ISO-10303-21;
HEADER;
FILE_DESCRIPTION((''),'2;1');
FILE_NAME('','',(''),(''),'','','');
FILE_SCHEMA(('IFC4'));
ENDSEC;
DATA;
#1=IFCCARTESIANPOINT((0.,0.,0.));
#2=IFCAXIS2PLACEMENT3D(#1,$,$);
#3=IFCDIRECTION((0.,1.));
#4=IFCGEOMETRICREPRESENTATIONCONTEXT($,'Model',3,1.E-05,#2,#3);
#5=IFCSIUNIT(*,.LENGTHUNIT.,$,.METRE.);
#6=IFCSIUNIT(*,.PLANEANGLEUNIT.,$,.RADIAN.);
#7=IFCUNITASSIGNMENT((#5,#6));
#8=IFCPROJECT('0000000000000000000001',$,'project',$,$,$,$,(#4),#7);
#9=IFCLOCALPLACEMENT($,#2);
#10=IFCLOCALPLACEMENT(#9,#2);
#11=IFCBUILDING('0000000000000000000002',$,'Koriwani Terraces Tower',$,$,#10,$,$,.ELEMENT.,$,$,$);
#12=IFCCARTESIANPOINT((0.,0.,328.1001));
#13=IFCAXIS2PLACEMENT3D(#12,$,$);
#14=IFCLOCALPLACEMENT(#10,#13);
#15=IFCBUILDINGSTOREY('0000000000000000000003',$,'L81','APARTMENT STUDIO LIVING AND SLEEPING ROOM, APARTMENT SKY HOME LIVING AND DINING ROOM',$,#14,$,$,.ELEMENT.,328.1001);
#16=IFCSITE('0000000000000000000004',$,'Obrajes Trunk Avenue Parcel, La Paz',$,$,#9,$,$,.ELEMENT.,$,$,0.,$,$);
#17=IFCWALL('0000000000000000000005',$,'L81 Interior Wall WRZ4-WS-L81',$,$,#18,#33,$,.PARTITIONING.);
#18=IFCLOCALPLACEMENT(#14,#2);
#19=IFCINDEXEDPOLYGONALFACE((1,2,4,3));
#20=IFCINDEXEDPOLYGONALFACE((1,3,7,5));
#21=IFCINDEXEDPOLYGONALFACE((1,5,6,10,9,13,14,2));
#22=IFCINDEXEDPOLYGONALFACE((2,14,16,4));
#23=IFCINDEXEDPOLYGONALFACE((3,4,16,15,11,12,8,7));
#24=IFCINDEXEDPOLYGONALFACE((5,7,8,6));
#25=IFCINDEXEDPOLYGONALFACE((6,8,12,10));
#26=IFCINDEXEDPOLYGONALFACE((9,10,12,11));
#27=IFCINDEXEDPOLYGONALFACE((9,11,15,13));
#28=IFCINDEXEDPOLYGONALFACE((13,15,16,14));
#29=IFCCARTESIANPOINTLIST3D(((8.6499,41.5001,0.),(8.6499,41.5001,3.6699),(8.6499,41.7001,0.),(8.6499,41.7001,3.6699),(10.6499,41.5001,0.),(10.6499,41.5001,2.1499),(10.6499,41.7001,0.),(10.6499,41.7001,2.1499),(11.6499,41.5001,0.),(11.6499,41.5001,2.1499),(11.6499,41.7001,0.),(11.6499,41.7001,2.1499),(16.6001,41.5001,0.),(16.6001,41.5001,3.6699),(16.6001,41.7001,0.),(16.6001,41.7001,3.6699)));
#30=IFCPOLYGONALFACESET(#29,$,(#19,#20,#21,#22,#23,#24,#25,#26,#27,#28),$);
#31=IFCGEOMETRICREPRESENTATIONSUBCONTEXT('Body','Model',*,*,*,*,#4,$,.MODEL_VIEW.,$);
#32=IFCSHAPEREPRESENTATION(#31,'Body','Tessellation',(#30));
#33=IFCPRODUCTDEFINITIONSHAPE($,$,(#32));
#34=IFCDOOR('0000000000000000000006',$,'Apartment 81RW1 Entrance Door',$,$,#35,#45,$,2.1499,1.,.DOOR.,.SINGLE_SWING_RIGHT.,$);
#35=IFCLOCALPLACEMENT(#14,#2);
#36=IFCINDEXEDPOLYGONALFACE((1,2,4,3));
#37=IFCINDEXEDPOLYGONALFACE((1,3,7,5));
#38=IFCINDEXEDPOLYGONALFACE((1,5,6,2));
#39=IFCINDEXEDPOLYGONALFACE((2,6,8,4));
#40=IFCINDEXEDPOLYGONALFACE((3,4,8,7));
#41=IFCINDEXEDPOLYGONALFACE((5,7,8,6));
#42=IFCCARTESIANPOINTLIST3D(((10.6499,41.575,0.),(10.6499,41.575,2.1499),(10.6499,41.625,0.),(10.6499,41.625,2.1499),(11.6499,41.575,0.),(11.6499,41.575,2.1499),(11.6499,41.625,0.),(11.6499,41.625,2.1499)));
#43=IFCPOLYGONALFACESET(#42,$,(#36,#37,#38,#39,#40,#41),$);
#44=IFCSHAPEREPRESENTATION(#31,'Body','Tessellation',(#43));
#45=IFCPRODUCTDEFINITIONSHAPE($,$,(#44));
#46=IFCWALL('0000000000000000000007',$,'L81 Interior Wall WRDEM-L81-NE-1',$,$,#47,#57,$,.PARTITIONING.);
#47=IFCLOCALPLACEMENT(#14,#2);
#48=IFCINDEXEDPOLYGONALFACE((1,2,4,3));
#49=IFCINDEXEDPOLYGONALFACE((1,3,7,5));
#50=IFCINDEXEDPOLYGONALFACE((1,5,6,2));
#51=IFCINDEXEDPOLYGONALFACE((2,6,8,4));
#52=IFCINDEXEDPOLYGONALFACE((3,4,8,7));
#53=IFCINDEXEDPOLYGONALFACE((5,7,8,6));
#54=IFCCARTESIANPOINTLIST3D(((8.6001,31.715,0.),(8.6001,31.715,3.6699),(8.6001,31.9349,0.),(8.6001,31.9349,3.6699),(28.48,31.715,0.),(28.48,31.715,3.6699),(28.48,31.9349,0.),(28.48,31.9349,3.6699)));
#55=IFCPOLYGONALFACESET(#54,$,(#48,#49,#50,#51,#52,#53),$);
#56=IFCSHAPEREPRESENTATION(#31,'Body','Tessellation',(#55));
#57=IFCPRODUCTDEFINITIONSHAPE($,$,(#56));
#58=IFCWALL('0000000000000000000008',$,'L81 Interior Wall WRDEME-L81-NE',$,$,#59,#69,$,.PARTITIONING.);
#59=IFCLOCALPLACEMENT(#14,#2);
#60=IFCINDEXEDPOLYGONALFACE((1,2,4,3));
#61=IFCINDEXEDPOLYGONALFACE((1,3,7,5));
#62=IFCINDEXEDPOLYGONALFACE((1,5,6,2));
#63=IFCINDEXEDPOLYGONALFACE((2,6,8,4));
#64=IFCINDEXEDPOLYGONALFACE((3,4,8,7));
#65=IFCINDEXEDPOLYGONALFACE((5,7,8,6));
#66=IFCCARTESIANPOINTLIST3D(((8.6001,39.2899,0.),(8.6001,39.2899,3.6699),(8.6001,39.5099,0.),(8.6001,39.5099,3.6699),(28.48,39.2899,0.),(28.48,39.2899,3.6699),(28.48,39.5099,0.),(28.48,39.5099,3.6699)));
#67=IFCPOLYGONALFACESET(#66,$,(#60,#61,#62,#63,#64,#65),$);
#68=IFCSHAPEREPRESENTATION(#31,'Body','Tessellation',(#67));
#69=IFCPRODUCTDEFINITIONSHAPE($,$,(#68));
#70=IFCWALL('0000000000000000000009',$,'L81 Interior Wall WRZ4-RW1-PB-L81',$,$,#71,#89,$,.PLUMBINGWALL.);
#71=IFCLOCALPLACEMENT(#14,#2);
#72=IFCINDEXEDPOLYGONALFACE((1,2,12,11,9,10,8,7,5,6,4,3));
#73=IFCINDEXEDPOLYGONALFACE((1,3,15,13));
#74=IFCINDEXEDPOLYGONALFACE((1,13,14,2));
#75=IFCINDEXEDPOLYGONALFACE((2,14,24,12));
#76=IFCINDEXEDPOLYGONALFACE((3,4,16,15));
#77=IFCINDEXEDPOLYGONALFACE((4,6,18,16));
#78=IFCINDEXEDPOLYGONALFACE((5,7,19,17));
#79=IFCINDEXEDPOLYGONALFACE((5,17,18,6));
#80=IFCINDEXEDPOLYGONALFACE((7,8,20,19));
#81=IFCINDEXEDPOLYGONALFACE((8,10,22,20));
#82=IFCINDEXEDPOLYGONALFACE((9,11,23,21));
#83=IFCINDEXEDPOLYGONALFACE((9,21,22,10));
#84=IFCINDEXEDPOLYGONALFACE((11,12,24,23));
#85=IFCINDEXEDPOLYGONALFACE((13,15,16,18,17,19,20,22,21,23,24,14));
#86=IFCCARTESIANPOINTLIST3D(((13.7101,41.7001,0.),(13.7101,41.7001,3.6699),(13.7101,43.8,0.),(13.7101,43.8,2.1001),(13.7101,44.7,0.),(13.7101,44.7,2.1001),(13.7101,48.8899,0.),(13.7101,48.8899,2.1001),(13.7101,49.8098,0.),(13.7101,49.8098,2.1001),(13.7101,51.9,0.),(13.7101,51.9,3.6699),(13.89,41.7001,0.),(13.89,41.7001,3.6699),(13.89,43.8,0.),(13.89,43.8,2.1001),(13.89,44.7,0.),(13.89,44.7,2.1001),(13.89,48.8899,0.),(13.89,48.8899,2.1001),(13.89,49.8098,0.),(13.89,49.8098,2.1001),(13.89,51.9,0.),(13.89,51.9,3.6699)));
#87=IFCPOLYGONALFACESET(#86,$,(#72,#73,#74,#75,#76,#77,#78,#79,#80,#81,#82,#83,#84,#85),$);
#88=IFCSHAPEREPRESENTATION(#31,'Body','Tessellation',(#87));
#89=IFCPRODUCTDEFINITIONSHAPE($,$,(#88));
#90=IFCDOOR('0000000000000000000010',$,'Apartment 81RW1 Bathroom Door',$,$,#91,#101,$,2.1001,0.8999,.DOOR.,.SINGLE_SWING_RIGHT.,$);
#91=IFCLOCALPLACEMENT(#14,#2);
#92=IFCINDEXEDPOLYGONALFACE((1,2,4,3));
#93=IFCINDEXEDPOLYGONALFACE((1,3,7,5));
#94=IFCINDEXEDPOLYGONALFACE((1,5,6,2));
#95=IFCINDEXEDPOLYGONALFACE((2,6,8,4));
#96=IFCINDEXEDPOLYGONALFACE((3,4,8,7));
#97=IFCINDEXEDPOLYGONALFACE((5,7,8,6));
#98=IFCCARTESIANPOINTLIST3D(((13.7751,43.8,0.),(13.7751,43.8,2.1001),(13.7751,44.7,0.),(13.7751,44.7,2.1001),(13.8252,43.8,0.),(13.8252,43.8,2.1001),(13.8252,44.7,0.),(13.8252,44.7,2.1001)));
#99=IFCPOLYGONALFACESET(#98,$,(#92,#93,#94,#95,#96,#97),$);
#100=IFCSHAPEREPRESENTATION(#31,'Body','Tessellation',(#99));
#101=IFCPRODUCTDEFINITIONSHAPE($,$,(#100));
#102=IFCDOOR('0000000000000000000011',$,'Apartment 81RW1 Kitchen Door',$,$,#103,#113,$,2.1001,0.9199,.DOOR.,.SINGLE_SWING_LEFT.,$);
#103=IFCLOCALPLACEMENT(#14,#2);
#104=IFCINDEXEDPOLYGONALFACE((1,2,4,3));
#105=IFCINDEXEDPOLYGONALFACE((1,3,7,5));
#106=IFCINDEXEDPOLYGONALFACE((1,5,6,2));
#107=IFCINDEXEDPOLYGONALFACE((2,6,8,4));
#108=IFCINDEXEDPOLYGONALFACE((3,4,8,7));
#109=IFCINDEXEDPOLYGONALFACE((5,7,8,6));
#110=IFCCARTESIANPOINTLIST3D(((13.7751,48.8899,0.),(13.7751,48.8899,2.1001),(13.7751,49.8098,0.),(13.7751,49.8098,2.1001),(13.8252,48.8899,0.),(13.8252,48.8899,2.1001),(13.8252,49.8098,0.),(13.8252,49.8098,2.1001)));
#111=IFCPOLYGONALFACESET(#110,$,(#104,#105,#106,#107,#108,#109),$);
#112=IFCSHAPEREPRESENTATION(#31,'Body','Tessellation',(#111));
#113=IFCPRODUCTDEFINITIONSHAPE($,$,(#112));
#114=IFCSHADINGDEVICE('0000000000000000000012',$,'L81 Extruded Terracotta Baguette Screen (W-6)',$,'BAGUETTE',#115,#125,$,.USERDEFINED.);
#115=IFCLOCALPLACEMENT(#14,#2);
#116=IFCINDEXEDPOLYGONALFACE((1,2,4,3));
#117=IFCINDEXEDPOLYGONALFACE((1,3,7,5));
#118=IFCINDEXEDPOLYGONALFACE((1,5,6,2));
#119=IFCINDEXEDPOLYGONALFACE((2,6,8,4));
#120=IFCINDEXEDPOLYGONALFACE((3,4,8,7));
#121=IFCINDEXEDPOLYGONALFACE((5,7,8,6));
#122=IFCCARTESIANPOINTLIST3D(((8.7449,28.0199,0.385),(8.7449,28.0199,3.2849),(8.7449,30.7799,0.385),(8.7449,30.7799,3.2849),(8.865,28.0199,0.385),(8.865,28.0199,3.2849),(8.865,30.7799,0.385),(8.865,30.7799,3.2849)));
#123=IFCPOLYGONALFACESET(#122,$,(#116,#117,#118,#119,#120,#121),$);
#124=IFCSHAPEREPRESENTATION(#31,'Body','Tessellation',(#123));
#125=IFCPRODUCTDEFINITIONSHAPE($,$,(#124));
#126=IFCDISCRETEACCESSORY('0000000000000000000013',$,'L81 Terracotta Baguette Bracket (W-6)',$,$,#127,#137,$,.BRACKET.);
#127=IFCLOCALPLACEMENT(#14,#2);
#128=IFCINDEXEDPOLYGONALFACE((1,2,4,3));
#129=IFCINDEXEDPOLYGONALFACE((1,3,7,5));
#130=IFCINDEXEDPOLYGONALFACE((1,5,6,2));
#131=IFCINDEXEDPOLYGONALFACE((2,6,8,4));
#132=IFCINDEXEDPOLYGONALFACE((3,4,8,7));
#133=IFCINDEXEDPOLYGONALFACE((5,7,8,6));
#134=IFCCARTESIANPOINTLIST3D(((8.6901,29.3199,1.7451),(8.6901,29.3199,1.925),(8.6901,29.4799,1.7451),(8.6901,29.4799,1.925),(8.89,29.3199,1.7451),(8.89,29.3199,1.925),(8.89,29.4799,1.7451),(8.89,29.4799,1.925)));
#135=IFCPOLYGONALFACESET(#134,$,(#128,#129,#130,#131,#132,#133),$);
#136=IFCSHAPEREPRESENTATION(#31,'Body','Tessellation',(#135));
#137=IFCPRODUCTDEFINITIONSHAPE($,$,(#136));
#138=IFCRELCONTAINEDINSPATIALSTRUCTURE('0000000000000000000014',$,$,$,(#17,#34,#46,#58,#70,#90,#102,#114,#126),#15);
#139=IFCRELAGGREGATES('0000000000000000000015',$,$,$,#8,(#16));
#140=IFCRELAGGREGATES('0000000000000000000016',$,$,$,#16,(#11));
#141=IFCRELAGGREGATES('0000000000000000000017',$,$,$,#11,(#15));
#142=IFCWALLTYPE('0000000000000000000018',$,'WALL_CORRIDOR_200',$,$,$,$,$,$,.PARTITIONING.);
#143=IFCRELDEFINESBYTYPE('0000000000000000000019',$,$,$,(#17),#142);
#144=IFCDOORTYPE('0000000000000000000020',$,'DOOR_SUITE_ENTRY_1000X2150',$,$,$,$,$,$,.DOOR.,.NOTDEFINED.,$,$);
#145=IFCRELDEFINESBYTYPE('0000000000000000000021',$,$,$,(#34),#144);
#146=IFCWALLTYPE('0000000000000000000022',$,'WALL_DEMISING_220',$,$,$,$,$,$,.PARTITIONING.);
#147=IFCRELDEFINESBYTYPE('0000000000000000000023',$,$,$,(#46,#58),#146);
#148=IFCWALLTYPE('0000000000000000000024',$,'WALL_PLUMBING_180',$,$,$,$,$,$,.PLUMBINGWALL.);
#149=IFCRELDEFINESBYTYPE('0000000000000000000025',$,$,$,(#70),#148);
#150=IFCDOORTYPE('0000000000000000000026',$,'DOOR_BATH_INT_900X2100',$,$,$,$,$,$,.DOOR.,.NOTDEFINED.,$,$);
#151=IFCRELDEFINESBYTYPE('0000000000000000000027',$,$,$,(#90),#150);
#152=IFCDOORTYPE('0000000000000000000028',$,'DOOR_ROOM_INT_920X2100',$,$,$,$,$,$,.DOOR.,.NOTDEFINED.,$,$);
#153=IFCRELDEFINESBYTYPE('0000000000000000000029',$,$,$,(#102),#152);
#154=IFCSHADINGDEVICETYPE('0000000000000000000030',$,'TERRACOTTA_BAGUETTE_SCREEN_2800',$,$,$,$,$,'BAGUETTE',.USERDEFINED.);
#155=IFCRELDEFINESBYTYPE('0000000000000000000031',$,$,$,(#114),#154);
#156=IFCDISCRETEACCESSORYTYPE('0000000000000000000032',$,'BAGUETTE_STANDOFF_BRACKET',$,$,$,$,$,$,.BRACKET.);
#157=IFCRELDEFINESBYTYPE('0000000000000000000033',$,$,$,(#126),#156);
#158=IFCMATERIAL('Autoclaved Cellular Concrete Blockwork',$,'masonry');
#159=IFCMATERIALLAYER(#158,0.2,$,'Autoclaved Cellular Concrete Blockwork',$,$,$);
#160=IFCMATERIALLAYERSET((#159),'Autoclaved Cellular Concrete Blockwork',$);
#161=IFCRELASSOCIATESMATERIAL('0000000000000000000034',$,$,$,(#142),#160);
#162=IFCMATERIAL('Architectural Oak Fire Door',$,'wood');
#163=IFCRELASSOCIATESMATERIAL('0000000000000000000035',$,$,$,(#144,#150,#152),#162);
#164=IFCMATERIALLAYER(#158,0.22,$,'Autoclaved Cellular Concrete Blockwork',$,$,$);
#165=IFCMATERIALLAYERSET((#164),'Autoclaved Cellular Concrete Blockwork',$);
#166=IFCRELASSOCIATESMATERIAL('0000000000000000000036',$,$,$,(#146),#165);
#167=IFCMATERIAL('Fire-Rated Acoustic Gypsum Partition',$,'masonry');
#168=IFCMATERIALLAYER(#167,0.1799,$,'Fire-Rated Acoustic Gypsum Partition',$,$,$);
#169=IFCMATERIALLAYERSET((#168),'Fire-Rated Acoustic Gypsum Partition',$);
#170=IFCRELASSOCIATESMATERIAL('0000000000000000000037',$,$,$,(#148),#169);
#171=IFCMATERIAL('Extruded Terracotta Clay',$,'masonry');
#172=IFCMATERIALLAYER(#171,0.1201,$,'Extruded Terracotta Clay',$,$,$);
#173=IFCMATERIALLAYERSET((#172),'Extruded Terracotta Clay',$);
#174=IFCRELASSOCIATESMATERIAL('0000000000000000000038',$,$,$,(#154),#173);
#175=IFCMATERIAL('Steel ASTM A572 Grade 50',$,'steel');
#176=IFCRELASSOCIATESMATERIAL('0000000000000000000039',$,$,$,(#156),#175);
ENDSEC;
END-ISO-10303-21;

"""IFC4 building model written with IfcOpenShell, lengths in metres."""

from ifc_helpers import new_model, si_unit, direction, frame, frame_2d, origin, origin_2d, place, context, subcontext, project, spatial, rectangle, extrude, material, layer, layer_set, type_object, element, fill, save


model = new_model("IFC4")

# Units and contexts
model_context = context("Model", 3, precision=1e-05, world=origin(), true_north=direction((0.0, 1.0)))
body_context = subcontext(model_context, "Body", "Model", "MODEL_VIEW")
ifc_project = project(units=[si_unit("LENGTHUNIT", "METRE"), si_unit("PLANEANGLEUNIT", "RADIAN")], contexts=[model_context])

# Site, building, storey
site_placement = place(None, origin())
site = spatial("IfcSite", under=ifc_project, at=site_placement, Name="Obrajes Trunk Avenue Parcel, La Paz", CompositionType="ELEMENT", RefElevation=0.0)
building_placement = place(site_placement, origin())
building = spatial("IfcBuilding", under=site, at=building_placement, Name="Koriwani Terraces Tower", CompositionType="ELEMENT")
storey_placement = place(building_placement, frame((0.0, 0.0, 328.1001)))
storey = spatial("IfcBuildingStorey", under=building, at=storey_placement, Name="L81", Description="APARTMENT STUDIO LIVING AND SLEEPING ROOM, APARTMENT SKY HOME LIVING AND DINING ROOM", CompositionType="ELEMENT", Elevation=328.1001)

# Shared definitions
ifc_material_1 = material(Name="Steel ASTM A572 Grade 50", Category="steel")

# Wall, opening, door
ifc_material_2 = material(Name="Autoclaved Cellular Concrete Blockwork", Category="masonry")
ifc_layer_1 = layer(ifc_material_2, 0.2, Name="Autoclaved Cellular Concrete Blockwork")
ifc_layer_set_1 = layer_set([ifc_layer_1], Name="Autoclaved Cellular Concrete Blockwork")
wall_type_1 = type_object("IfcWallType", Name="WALL_CORRIDOR_200", PredefinedType="PARTITIONING", material=ifc_layer_set_1)
wall_1_placement = place(storey_placement, frame((8.6499, 41.6001, 0.0), z_axis=(0.0, 0.0, 1.0), x_axis=(1.0, 0.0, 0.0)))
wall_1 = element("IfcWall", 1, at=wall_1_placement, inside=storey, type_object=wall_type_1, Name="L81 Interior Wall WRZ4-WS-L81", PredefinedType="PARTITIONING", context=body_context, shape_type="SweptSolid", body=[
    extrude(rectangle(XDim=7.9502, YDim=0.2, at=frame_2d((3.9751, 0.0))), origin(), (0.0, 0.0, 1.0), 3.6699),
])
opening_1_placement = place(wall_1_placement, frame((2.0, 0.0, 0.0)))
opening_1 = element("IfcOpeningElement", 2, at=opening_1_placement, cuts=wall_1, PredefinedType="OPENING", context=body_context, shape_type="SweptSolid", body=[
    extrude(rectangle(XDim=1.0, YDim=2.1499, at=frame_2d((0.5, 1.075))), frame((0.0, 0.1099, 0.0), z_axis=(0.0, -1.0, 0.0), x_axis=(1.0, 0.0, 0.0)), (0.0, 0.0, 1.0), 0.22),
])
ifc_material_3 = material(Name="Architectural Oak Fire Door", Category="wood")
door_type_1 = type_object("IfcDoorType", Name="DOOR_SUITE_ENTRY_1000X2150", OperationType="NOTDEFINED", PredefinedType="DOOR", material=ifc_material_3)
door_1_placement = place(opening_1_placement, origin())
door_1 = element("IfcDoor", 3, at=door_1_placement, inside=storey, type_object=door_type_1, Name="Apartment 81RW1 Entrance Door", OperationType="SINGLE_SWING_RIGHT", OverallHeight=2.1499, OverallWidth=1.0, PredefinedType="DOOR", context=body_context, shape_type="SweptSolid", body=[
    extrude(rectangle(XDim=1.0, YDim=2.1499, at=frame_2d((0.5, 1.075))), frame((0.0, 0.0249, 0.0), z_axis=(0.0, -1.0, 0.0), x_axis=(1.0, 0.0, 0.0)), (0.0, 0.0, 1.0), 0.05),
])
fill(opening_1, door_1)

# Walls
ifc_layer_2 = layer(ifc_material_2, 0.22, Name="Autoclaved Cellular Concrete Blockwork")
ifc_layer_set_2 = layer_set([ifc_layer_2], Name="Autoclaved Cellular Concrete Blockwork")
wall_type_2 = type_object("IfcWallType", Name="WALL_DEMISING_220", PredefinedType="PARTITIONING", material=ifc_layer_set_2)
for number, where, z_axis, x_axis, name in (
    (4, (8.6001, 31.825, 0.0), (0.0, 0.0, 1.0), (1.0, 0.0, 0.0), "L81 Interior Wall WRDEM-L81-NE-1"),
    (5, (8.6001, 39.3999, 0.0), (0.0, 0.0, 1.0), (1.0, 0.0, 0.0), "L81 Interior Wall WRDEME-L81-NE"),
):
    element("IfcWall", number, at=place(storey_placement, frame(where, z_axis=z_axis, x_axis=x_axis)), inside=storey, type_object=wall_type_2, Name=name, PredefinedType="PARTITIONING", context=body_context, shape_type="SweptSolid", body=[
        extrude(rectangle(XDim=19.8799, YDim=0.22, at=frame_2d((9.9399, 0.0))), origin(), (0.0, 0.0, 1.0), 3.6699),
    ])

# Wall, openings, doors
ifc_material_4 = material(Name="Fire-Rated Acoustic Gypsum Partition", Category="masonry")
ifc_layer_3 = layer(ifc_material_4, 0.1799, Name="Fire-Rated Acoustic Gypsum Partition")
ifc_layer_set_3 = layer_set([ifc_layer_3], Name="Fire-Rated Acoustic Gypsum Partition")
wall_type_3 = type_object("IfcWallType", Name="WALL_PLUMBING_180", PredefinedType="PLUMBINGWALL", material=ifc_layer_set_3)
wall_2_placement = place(storey_placement, frame((13.8, 41.7, 0.0), z_axis=(0.0, 0.0, 1.0), x_axis=(0.0, 1.0, 0.0)))
wall_2 = element("IfcWall", 6, at=wall_2_placement, inside=storey, type_object=wall_type_3, Name="L81 Interior Wall WRZ4-RW1-PB-L81", PredefinedType="PLUMBINGWALL", context=body_context, shape_type="SweptSolid", body=[
    extrude(rectangle(XDim=10.2, YDim=0.1799, at=frame_2d((5.1001, 0.0))), origin(), (0.0, 0.0, 1.0), 3.6699),
])
opening_2_placement = place(wall_2_placement, frame((2.1001, 0.0, 0.0)))
opening_2 = element("IfcOpeningElement", 7, at=opening_2_placement, cuts=wall_2, PredefinedType="OPENING", context=body_context, shape_type="SweptSolid", body=[
    extrude(rectangle(XDim=0.8999, YDim=2.1001, at=frame_2d((0.45, 1.05))), frame((0.0, 0.1001, 0.0), z_axis=(0.0, -1.0, 0.0), x_axis=(1.0, 0.0, 0.0)), (0.0, 0.0, 1.0), 0.2),
])
opening_3_placement = place(wall_2_placement, frame((7.1899, 0.0, 0.0)))
opening_3 = element("IfcOpeningElement", 8, at=opening_3_placement, cuts=wall_2, PredefinedType="OPENING", context=body_context, shape_type="SweptSolid", body=[
    extrude(rectangle(XDim=0.9199, YDim=2.1001, at=frame_2d((0.46, 1.05))), frame((0.0, 0.1001, 0.0), z_axis=(0.0, -1.0, 0.0), x_axis=(1.0, 0.0, 0.0)), (0.0, 0.0, 1.0), 0.2),
])
door_type_2 = type_object("IfcDoorType", Name="DOOR_BATH_INT_900X2100", OperationType="NOTDEFINED", PredefinedType="DOOR", material=ifc_material_3)
door_2_placement = place(opening_2_placement, origin())
door_2 = element("IfcDoor", 9, at=door_2_placement, inside=storey, type_object=door_type_2, Name="Apartment 81RW1 Bathroom Door", OperationType="SINGLE_SWING_RIGHT", OverallHeight=2.1001, OverallWidth=0.8999, PredefinedType="DOOR", context=body_context, shape_type="SweptSolid", body=[
    extrude(rectangle(XDim=0.8999, YDim=2.1001, at=frame_2d((0.45, 1.05))), frame((0.0, 0.0249, 0.0), z_axis=(0.0, -1.0, 0.0), x_axis=(1.0, 0.0, 0.0)), (0.0, 0.0, 1.0), 0.05),
])
fill(opening_2, door_2)
door_type_3 = type_object("IfcDoorType", Name="DOOR_ROOM_INT_920X2100", OperationType="NOTDEFINED", PredefinedType="DOOR", material=ifc_material_3)
door_3_placement = place(opening_3_placement, origin())
door_3 = element("IfcDoor", 10, at=door_3_placement, inside=storey, type_object=door_type_3, Name="Apartment 81RW1 Kitchen Door", OperationType="SINGLE_SWING_LEFT", OverallHeight=2.1001, OverallWidth=0.9199, PredefinedType="DOOR", context=body_context, shape_type="SweptSolid", body=[
    extrude(rectangle(XDim=0.9199, YDim=2.1001, at=frame_2d((0.46, 1.05))), frame((0.0, 0.0249, 0.0), z_axis=(0.0, -1.0, 0.0), x_axis=(1.0, 0.0, 0.0)), (0.0, 0.0, 1.0), 0.05),
])
fill(opening_3, door_3)

# Shading device
ifc_material_5 = material(Name="Extruded Terracotta Clay", Category="masonry")
ifc_layer_4 = layer(ifc_material_5, 0.1201, Name="Extruded Terracotta Clay")
ifc_layer_set_4 = layer_set([ifc_layer_4], Name="Extruded Terracotta Clay")
shading_device_type = type_object("IfcShadingDeviceType", Name="TERRACOTTA_BAGUETTE_SCREEN_2800", ElementType="BAGUETTE", PredefinedType="USERDEFINED", material=ifc_layer_set_4)
shading_device_placement = place(storey_placement, frame((8.8049, 29.3999, 0.385), z_axis=(0.0, 0.0, 1.0), x_axis=(0.0, 1.0, 0.0)))
element("IfcShadingDevice", 11, at=shading_device_placement, inside=storey, type_object=shading_device_type, Name="L81 Extruded Terracotta Baguette Screen (W-6)", ObjectType="BAGUETTE", PredefinedType="USERDEFINED", context=body_context, shape_type="SweptSolid", body=[
    extrude(rectangle(XDim=2.76, YDim=0.1201, at=origin_2d()), origin(), (0.0, 0.0, 1.0), 2.8999),
])

# Discrete accessory
discrete_accessory_type = type_object("IfcDiscreteAccessoryType", Name="BAGUETTE_STANDOFF_BRACKET", PredefinedType="BRACKET", material=ifc_material_1)
discrete_accessory_placement = place(storey_placement, frame((8.79, 29.3999, 1.7451), z_axis=(0.0, 0.0, 1.0), x_axis=(0.0, 1.0, 0.0)))
element("IfcDiscreteAccessory", 12, at=discrete_accessory_placement, inside=storey, type_object=discrete_accessory_type, Name="L81 Terracotta Baguette Bracket (W-6)", PredefinedType="BRACKET", context=body_context, shape_type="SweptSolid", body=[
    extrude(rectangle(XDim=0.1599, YDim=0.2, at=origin_2d()), origin(), (0.0, 0.0, 1.0), 0.1799),
])

save(model, "model.ifc")
